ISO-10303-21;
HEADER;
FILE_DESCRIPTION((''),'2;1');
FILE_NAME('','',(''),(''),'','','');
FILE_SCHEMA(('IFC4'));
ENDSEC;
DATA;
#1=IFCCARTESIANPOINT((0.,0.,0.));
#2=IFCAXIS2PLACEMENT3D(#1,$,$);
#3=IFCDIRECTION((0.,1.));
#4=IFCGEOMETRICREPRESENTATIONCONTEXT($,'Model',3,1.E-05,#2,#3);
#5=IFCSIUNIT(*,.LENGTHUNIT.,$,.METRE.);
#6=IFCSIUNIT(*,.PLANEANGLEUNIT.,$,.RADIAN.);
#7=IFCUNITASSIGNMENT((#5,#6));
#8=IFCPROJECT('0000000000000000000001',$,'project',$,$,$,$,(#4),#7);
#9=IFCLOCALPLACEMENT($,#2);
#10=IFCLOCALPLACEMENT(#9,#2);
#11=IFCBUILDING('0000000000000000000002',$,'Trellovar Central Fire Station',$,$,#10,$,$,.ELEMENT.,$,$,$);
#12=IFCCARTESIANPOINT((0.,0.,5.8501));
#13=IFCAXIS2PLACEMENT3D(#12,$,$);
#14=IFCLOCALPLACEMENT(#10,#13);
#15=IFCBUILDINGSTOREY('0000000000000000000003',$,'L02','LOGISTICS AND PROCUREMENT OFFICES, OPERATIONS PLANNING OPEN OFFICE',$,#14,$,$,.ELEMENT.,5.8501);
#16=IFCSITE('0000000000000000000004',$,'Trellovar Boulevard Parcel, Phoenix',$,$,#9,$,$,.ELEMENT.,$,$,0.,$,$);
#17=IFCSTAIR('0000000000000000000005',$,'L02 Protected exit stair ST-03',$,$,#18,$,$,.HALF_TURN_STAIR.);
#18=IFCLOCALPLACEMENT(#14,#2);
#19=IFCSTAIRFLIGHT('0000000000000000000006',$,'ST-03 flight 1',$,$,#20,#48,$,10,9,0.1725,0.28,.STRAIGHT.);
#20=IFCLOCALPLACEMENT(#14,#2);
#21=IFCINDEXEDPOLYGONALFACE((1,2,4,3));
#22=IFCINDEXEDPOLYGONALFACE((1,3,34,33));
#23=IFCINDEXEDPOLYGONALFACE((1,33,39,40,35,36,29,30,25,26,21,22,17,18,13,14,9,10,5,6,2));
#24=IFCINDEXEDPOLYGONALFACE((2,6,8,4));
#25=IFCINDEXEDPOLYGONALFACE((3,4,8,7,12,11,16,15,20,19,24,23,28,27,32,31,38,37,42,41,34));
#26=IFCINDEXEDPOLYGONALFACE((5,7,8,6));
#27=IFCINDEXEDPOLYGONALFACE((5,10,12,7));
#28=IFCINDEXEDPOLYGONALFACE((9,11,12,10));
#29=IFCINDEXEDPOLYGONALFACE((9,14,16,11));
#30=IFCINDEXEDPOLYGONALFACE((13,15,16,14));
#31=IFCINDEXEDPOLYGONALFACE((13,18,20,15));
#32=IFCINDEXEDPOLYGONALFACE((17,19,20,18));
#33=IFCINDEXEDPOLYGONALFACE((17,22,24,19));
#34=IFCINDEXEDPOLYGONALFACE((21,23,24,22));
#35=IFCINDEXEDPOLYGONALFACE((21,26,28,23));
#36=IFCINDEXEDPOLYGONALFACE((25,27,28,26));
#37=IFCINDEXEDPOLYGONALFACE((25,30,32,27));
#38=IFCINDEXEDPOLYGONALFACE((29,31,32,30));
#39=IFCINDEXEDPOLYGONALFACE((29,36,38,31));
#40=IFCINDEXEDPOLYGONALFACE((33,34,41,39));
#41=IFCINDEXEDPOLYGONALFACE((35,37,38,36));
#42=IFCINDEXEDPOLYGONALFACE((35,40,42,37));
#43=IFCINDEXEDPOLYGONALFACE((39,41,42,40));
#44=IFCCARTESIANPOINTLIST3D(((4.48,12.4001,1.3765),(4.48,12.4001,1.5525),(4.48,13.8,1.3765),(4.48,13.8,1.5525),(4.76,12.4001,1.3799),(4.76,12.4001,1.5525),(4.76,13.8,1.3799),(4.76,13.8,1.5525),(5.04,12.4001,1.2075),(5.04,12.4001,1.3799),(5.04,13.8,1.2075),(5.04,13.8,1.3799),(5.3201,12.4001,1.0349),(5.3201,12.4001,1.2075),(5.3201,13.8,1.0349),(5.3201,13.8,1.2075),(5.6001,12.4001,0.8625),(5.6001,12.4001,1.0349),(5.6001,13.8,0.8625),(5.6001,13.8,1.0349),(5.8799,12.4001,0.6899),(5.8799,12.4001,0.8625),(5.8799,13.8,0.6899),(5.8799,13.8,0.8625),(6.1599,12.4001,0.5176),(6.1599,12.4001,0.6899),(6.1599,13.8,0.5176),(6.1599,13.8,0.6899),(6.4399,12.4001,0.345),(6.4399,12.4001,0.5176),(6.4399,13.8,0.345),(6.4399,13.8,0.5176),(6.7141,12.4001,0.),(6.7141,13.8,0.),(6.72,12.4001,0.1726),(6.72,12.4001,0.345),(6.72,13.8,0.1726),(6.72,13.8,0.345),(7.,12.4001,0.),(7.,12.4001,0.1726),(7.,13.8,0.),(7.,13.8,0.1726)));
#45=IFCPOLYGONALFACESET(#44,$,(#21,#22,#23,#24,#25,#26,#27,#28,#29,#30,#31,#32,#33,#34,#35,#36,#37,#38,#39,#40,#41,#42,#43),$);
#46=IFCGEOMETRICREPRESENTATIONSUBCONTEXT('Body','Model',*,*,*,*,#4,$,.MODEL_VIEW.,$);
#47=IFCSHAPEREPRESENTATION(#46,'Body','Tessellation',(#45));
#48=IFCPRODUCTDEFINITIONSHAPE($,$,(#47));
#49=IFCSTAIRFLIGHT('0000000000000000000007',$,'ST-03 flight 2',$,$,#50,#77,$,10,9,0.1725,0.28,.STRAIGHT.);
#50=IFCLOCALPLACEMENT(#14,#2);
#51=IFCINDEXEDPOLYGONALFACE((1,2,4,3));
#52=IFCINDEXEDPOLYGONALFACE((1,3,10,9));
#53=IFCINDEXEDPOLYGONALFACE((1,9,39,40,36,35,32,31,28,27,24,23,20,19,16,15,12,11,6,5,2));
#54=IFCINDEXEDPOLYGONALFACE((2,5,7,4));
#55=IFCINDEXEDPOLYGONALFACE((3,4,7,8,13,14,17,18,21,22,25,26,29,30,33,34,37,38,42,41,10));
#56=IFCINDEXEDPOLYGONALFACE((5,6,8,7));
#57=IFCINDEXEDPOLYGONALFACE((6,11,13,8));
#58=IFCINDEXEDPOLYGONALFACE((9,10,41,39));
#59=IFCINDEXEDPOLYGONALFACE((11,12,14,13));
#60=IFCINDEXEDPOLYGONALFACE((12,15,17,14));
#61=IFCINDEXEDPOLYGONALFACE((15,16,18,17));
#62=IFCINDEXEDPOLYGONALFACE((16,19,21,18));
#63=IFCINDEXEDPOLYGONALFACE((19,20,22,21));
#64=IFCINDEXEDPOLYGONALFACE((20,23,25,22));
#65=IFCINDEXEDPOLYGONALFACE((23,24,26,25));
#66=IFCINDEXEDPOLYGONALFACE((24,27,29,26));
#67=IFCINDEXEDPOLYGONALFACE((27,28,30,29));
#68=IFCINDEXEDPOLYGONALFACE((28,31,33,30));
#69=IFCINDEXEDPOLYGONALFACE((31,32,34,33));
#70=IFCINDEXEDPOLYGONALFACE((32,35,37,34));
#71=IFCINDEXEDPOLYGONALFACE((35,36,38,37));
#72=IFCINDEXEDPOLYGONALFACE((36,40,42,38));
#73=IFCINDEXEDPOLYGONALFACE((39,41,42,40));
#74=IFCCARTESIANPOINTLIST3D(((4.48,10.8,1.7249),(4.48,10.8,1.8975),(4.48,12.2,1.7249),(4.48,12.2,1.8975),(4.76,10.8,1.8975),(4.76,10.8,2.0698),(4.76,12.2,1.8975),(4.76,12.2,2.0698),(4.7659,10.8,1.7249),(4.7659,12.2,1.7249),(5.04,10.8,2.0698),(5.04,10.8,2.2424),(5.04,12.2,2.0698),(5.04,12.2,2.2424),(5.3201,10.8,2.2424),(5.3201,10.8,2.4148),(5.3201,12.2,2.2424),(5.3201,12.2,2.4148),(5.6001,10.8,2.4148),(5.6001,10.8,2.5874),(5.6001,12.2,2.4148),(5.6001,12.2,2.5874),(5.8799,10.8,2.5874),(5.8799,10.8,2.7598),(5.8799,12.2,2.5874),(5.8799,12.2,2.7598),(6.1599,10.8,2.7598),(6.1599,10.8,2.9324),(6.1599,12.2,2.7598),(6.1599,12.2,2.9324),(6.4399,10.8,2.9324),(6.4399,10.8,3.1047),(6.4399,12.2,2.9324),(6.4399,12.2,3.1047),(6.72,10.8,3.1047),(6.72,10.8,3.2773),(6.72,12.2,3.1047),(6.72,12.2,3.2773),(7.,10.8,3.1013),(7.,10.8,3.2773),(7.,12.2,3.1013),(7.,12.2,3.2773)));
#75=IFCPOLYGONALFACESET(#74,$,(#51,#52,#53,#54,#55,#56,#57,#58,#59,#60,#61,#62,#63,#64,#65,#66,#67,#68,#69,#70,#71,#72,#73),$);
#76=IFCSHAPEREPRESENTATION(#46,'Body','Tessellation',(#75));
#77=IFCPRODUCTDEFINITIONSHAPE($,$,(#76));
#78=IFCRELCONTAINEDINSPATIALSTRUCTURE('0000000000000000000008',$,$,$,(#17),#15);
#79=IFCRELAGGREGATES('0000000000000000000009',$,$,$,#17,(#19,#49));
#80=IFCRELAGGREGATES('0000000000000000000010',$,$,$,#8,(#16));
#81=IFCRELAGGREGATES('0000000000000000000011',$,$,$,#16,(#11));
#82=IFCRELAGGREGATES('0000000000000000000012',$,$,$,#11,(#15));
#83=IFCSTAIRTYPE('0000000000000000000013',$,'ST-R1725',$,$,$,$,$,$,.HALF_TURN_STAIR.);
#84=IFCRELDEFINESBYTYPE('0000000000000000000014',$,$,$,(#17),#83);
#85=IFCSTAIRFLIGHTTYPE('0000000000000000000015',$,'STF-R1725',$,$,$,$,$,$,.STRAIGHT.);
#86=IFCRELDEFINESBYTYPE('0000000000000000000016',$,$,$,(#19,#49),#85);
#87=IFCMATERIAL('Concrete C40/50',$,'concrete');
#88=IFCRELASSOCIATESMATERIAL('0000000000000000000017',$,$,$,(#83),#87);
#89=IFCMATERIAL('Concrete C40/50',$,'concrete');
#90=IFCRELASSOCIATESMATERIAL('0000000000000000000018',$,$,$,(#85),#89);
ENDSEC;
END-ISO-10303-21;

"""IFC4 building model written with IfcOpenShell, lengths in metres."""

from ifc_helpers import new_model, si_unit, direction, frame, origin, place, context, subcontext, project, spatial, polyline, outline, extrude, material, type_object, element, aggregate, save


model = new_model("IFC4")

# Units and contexts
model_context = context("Model", 3, precision=1e-05, world=origin(), true_north=direction((0.0, 1.0)))
body_context = subcontext(model_context, "Body", "Model", "MODEL_VIEW")
ifc_project = project(units=[si_unit("LENGTHUNIT", "METRE"), si_unit("PLANEANGLEUNIT", "RADIAN")], contexts=[model_context])

# Site, building, storey
site_placement = place(None, origin())
site = spatial("IfcSite", under=ifc_project, at=site_placement, Name="Trellovar Boulevard Parcel, Phoenix", CompositionType="ELEMENT", RefElevation=0.0)
building_placement = place(site_placement, origin())
building = spatial("IfcBuilding", under=site, at=building_placement, Name="Trellovar Central Fire Station", CompositionType="ELEMENT")
storey_placement = place(building_placement, frame((0.0, 0.0, 5.8501)))
storey = spatial("IfcBuildingStorey", under=building, at=storey_placement, Name="L02", Description="LOGISTICS AND PROCUREMENT OFFICES, OPERATIONS PLANNING OPEN OFFICE", CompositionType="ELEMENT", Elevation=5.8501)

# Stair, stair flights
ifc_material_1 = material(Name="Concrete C40/50", Category="concrete")
stair_type = type_object("IfcStairType", Name="ST-R1725", PredefinedType="HALF_TURN_STAIR", material=ifc_material_1)
stair_placement = place(storey_placement, origin())
stair = element("IfcStair", 1, at=stair_placement, inside=storey, type_object=stair_type, Name="L02 Protected exit stair ST-03", PredefinedType="HALF_TURN_STAIR")
ifc_material_2 = material(Name="Concrete C40/50", Category="concrete")
stair_flight_type = type_object("IfcStairFlightType", Name="STF-R1725", PredefinedType="STRAIGHT", material=ifc_material_2)
stair_flight_1_placement = place(storey_placement, frame((7.0, 13.1001, 0.0), z_axis=(0.0, 0.0, 1.0), x_axis=(-1.0, 0.0, 0.0)))
stair_flight_1 = element("IfcStairFlight", 2, at=stair_flight_1_placement, type_object=stair_flight_type, Name="ST-03 flight 1", NumberOfRisers=10, NumberOfTreads=9, PredefinedType="STRAIGHT", RiserHeight=0.1725, TreadLength=0.28, context=body_context, shape_type="SweptSolid", body=[
    extrude(outline(polyline([(0.0, 0.0), (0.0, 0.1726), (0.28, 0.1726), (0.28, 0.345), (0.5601, 0.345), (0.5601, 0.5176), (0.8401, 0.5176), (0.8401, 0.6899), (1.1201, 0.6899), (1.1201, 0.8625), (1.3999, 0.8625), (1.3999, 1.0349), (1.6799, 1.0349), (1.6799, 1.2075), (1.96, 1.2075), (1.96, 1.3799), (2.24, 1.3799), (2.24, 1.5525), (2.52, 1.5525), (2.52, 1.7251), (2.52, 1.3765), (0.2859, 0.0), (0.0, 0.0)])), frame((0.0, 0.7, 0.0), z_axis=(0.0, -1.0, 0.0), x_axis=(1.0, 0.0, 0.0)), (0.0, 0.0, 1.0), 1.3999),
])
stair_flight_2_placement = place(storey_placement, frame((4.48, 11.5, 1.7249), z_axis=(0.0, 0.0, 1.0), x_axis=(1.0, 0.0, 0.0)))
stair_flight_2 = element("IfcStairFlight", 3, at=stair_flight_2_placement, type_object=stair_flight_type, Name="ST-03 flight 2", NumberOfRisers=10, NumberOfTreads=9, PredefinedType="STRAIGHT", RiserHeight=0.1725, TreadLength=0.28, context=body_context, shape_type="SweptSolid", body=[
    extrude(outline(polyline([(0.0, 0.0), (0.0, 0.1726), (0.28, 0.1726), (0.28, 0.345), (0.5601, 0.345), (0.5601, 0.5176), (0.8401, 0.5176), (0.8401, 0.6899), (1.1201, 0.6899), (1.1201, 0.8625), (1.3999, 0.8625), (1.3999, 1.0349), (1.6799, 1.0349), (1.6799, 1.2075), (1.96, 1.2075), (1.96, 1.3799), (2.24, 1.3799), (2.24, 1.5525), (2.52, 1.5525), (2.52, 1.7251), (2.52, 1.3765), (0.2859, 0.0), (0.0, 0.0)])), frame((0.0, 0.7, 0.0), z_axis=(0.0, -1.0, 0.0), x_axis=(1.0, 0.0, 0.0)), (0.0, 0.0, 1.0), 1.3999),
])
aggregate(stair, [stair_flight_1, stair_flight_2])

save(model, "model.ifc")
